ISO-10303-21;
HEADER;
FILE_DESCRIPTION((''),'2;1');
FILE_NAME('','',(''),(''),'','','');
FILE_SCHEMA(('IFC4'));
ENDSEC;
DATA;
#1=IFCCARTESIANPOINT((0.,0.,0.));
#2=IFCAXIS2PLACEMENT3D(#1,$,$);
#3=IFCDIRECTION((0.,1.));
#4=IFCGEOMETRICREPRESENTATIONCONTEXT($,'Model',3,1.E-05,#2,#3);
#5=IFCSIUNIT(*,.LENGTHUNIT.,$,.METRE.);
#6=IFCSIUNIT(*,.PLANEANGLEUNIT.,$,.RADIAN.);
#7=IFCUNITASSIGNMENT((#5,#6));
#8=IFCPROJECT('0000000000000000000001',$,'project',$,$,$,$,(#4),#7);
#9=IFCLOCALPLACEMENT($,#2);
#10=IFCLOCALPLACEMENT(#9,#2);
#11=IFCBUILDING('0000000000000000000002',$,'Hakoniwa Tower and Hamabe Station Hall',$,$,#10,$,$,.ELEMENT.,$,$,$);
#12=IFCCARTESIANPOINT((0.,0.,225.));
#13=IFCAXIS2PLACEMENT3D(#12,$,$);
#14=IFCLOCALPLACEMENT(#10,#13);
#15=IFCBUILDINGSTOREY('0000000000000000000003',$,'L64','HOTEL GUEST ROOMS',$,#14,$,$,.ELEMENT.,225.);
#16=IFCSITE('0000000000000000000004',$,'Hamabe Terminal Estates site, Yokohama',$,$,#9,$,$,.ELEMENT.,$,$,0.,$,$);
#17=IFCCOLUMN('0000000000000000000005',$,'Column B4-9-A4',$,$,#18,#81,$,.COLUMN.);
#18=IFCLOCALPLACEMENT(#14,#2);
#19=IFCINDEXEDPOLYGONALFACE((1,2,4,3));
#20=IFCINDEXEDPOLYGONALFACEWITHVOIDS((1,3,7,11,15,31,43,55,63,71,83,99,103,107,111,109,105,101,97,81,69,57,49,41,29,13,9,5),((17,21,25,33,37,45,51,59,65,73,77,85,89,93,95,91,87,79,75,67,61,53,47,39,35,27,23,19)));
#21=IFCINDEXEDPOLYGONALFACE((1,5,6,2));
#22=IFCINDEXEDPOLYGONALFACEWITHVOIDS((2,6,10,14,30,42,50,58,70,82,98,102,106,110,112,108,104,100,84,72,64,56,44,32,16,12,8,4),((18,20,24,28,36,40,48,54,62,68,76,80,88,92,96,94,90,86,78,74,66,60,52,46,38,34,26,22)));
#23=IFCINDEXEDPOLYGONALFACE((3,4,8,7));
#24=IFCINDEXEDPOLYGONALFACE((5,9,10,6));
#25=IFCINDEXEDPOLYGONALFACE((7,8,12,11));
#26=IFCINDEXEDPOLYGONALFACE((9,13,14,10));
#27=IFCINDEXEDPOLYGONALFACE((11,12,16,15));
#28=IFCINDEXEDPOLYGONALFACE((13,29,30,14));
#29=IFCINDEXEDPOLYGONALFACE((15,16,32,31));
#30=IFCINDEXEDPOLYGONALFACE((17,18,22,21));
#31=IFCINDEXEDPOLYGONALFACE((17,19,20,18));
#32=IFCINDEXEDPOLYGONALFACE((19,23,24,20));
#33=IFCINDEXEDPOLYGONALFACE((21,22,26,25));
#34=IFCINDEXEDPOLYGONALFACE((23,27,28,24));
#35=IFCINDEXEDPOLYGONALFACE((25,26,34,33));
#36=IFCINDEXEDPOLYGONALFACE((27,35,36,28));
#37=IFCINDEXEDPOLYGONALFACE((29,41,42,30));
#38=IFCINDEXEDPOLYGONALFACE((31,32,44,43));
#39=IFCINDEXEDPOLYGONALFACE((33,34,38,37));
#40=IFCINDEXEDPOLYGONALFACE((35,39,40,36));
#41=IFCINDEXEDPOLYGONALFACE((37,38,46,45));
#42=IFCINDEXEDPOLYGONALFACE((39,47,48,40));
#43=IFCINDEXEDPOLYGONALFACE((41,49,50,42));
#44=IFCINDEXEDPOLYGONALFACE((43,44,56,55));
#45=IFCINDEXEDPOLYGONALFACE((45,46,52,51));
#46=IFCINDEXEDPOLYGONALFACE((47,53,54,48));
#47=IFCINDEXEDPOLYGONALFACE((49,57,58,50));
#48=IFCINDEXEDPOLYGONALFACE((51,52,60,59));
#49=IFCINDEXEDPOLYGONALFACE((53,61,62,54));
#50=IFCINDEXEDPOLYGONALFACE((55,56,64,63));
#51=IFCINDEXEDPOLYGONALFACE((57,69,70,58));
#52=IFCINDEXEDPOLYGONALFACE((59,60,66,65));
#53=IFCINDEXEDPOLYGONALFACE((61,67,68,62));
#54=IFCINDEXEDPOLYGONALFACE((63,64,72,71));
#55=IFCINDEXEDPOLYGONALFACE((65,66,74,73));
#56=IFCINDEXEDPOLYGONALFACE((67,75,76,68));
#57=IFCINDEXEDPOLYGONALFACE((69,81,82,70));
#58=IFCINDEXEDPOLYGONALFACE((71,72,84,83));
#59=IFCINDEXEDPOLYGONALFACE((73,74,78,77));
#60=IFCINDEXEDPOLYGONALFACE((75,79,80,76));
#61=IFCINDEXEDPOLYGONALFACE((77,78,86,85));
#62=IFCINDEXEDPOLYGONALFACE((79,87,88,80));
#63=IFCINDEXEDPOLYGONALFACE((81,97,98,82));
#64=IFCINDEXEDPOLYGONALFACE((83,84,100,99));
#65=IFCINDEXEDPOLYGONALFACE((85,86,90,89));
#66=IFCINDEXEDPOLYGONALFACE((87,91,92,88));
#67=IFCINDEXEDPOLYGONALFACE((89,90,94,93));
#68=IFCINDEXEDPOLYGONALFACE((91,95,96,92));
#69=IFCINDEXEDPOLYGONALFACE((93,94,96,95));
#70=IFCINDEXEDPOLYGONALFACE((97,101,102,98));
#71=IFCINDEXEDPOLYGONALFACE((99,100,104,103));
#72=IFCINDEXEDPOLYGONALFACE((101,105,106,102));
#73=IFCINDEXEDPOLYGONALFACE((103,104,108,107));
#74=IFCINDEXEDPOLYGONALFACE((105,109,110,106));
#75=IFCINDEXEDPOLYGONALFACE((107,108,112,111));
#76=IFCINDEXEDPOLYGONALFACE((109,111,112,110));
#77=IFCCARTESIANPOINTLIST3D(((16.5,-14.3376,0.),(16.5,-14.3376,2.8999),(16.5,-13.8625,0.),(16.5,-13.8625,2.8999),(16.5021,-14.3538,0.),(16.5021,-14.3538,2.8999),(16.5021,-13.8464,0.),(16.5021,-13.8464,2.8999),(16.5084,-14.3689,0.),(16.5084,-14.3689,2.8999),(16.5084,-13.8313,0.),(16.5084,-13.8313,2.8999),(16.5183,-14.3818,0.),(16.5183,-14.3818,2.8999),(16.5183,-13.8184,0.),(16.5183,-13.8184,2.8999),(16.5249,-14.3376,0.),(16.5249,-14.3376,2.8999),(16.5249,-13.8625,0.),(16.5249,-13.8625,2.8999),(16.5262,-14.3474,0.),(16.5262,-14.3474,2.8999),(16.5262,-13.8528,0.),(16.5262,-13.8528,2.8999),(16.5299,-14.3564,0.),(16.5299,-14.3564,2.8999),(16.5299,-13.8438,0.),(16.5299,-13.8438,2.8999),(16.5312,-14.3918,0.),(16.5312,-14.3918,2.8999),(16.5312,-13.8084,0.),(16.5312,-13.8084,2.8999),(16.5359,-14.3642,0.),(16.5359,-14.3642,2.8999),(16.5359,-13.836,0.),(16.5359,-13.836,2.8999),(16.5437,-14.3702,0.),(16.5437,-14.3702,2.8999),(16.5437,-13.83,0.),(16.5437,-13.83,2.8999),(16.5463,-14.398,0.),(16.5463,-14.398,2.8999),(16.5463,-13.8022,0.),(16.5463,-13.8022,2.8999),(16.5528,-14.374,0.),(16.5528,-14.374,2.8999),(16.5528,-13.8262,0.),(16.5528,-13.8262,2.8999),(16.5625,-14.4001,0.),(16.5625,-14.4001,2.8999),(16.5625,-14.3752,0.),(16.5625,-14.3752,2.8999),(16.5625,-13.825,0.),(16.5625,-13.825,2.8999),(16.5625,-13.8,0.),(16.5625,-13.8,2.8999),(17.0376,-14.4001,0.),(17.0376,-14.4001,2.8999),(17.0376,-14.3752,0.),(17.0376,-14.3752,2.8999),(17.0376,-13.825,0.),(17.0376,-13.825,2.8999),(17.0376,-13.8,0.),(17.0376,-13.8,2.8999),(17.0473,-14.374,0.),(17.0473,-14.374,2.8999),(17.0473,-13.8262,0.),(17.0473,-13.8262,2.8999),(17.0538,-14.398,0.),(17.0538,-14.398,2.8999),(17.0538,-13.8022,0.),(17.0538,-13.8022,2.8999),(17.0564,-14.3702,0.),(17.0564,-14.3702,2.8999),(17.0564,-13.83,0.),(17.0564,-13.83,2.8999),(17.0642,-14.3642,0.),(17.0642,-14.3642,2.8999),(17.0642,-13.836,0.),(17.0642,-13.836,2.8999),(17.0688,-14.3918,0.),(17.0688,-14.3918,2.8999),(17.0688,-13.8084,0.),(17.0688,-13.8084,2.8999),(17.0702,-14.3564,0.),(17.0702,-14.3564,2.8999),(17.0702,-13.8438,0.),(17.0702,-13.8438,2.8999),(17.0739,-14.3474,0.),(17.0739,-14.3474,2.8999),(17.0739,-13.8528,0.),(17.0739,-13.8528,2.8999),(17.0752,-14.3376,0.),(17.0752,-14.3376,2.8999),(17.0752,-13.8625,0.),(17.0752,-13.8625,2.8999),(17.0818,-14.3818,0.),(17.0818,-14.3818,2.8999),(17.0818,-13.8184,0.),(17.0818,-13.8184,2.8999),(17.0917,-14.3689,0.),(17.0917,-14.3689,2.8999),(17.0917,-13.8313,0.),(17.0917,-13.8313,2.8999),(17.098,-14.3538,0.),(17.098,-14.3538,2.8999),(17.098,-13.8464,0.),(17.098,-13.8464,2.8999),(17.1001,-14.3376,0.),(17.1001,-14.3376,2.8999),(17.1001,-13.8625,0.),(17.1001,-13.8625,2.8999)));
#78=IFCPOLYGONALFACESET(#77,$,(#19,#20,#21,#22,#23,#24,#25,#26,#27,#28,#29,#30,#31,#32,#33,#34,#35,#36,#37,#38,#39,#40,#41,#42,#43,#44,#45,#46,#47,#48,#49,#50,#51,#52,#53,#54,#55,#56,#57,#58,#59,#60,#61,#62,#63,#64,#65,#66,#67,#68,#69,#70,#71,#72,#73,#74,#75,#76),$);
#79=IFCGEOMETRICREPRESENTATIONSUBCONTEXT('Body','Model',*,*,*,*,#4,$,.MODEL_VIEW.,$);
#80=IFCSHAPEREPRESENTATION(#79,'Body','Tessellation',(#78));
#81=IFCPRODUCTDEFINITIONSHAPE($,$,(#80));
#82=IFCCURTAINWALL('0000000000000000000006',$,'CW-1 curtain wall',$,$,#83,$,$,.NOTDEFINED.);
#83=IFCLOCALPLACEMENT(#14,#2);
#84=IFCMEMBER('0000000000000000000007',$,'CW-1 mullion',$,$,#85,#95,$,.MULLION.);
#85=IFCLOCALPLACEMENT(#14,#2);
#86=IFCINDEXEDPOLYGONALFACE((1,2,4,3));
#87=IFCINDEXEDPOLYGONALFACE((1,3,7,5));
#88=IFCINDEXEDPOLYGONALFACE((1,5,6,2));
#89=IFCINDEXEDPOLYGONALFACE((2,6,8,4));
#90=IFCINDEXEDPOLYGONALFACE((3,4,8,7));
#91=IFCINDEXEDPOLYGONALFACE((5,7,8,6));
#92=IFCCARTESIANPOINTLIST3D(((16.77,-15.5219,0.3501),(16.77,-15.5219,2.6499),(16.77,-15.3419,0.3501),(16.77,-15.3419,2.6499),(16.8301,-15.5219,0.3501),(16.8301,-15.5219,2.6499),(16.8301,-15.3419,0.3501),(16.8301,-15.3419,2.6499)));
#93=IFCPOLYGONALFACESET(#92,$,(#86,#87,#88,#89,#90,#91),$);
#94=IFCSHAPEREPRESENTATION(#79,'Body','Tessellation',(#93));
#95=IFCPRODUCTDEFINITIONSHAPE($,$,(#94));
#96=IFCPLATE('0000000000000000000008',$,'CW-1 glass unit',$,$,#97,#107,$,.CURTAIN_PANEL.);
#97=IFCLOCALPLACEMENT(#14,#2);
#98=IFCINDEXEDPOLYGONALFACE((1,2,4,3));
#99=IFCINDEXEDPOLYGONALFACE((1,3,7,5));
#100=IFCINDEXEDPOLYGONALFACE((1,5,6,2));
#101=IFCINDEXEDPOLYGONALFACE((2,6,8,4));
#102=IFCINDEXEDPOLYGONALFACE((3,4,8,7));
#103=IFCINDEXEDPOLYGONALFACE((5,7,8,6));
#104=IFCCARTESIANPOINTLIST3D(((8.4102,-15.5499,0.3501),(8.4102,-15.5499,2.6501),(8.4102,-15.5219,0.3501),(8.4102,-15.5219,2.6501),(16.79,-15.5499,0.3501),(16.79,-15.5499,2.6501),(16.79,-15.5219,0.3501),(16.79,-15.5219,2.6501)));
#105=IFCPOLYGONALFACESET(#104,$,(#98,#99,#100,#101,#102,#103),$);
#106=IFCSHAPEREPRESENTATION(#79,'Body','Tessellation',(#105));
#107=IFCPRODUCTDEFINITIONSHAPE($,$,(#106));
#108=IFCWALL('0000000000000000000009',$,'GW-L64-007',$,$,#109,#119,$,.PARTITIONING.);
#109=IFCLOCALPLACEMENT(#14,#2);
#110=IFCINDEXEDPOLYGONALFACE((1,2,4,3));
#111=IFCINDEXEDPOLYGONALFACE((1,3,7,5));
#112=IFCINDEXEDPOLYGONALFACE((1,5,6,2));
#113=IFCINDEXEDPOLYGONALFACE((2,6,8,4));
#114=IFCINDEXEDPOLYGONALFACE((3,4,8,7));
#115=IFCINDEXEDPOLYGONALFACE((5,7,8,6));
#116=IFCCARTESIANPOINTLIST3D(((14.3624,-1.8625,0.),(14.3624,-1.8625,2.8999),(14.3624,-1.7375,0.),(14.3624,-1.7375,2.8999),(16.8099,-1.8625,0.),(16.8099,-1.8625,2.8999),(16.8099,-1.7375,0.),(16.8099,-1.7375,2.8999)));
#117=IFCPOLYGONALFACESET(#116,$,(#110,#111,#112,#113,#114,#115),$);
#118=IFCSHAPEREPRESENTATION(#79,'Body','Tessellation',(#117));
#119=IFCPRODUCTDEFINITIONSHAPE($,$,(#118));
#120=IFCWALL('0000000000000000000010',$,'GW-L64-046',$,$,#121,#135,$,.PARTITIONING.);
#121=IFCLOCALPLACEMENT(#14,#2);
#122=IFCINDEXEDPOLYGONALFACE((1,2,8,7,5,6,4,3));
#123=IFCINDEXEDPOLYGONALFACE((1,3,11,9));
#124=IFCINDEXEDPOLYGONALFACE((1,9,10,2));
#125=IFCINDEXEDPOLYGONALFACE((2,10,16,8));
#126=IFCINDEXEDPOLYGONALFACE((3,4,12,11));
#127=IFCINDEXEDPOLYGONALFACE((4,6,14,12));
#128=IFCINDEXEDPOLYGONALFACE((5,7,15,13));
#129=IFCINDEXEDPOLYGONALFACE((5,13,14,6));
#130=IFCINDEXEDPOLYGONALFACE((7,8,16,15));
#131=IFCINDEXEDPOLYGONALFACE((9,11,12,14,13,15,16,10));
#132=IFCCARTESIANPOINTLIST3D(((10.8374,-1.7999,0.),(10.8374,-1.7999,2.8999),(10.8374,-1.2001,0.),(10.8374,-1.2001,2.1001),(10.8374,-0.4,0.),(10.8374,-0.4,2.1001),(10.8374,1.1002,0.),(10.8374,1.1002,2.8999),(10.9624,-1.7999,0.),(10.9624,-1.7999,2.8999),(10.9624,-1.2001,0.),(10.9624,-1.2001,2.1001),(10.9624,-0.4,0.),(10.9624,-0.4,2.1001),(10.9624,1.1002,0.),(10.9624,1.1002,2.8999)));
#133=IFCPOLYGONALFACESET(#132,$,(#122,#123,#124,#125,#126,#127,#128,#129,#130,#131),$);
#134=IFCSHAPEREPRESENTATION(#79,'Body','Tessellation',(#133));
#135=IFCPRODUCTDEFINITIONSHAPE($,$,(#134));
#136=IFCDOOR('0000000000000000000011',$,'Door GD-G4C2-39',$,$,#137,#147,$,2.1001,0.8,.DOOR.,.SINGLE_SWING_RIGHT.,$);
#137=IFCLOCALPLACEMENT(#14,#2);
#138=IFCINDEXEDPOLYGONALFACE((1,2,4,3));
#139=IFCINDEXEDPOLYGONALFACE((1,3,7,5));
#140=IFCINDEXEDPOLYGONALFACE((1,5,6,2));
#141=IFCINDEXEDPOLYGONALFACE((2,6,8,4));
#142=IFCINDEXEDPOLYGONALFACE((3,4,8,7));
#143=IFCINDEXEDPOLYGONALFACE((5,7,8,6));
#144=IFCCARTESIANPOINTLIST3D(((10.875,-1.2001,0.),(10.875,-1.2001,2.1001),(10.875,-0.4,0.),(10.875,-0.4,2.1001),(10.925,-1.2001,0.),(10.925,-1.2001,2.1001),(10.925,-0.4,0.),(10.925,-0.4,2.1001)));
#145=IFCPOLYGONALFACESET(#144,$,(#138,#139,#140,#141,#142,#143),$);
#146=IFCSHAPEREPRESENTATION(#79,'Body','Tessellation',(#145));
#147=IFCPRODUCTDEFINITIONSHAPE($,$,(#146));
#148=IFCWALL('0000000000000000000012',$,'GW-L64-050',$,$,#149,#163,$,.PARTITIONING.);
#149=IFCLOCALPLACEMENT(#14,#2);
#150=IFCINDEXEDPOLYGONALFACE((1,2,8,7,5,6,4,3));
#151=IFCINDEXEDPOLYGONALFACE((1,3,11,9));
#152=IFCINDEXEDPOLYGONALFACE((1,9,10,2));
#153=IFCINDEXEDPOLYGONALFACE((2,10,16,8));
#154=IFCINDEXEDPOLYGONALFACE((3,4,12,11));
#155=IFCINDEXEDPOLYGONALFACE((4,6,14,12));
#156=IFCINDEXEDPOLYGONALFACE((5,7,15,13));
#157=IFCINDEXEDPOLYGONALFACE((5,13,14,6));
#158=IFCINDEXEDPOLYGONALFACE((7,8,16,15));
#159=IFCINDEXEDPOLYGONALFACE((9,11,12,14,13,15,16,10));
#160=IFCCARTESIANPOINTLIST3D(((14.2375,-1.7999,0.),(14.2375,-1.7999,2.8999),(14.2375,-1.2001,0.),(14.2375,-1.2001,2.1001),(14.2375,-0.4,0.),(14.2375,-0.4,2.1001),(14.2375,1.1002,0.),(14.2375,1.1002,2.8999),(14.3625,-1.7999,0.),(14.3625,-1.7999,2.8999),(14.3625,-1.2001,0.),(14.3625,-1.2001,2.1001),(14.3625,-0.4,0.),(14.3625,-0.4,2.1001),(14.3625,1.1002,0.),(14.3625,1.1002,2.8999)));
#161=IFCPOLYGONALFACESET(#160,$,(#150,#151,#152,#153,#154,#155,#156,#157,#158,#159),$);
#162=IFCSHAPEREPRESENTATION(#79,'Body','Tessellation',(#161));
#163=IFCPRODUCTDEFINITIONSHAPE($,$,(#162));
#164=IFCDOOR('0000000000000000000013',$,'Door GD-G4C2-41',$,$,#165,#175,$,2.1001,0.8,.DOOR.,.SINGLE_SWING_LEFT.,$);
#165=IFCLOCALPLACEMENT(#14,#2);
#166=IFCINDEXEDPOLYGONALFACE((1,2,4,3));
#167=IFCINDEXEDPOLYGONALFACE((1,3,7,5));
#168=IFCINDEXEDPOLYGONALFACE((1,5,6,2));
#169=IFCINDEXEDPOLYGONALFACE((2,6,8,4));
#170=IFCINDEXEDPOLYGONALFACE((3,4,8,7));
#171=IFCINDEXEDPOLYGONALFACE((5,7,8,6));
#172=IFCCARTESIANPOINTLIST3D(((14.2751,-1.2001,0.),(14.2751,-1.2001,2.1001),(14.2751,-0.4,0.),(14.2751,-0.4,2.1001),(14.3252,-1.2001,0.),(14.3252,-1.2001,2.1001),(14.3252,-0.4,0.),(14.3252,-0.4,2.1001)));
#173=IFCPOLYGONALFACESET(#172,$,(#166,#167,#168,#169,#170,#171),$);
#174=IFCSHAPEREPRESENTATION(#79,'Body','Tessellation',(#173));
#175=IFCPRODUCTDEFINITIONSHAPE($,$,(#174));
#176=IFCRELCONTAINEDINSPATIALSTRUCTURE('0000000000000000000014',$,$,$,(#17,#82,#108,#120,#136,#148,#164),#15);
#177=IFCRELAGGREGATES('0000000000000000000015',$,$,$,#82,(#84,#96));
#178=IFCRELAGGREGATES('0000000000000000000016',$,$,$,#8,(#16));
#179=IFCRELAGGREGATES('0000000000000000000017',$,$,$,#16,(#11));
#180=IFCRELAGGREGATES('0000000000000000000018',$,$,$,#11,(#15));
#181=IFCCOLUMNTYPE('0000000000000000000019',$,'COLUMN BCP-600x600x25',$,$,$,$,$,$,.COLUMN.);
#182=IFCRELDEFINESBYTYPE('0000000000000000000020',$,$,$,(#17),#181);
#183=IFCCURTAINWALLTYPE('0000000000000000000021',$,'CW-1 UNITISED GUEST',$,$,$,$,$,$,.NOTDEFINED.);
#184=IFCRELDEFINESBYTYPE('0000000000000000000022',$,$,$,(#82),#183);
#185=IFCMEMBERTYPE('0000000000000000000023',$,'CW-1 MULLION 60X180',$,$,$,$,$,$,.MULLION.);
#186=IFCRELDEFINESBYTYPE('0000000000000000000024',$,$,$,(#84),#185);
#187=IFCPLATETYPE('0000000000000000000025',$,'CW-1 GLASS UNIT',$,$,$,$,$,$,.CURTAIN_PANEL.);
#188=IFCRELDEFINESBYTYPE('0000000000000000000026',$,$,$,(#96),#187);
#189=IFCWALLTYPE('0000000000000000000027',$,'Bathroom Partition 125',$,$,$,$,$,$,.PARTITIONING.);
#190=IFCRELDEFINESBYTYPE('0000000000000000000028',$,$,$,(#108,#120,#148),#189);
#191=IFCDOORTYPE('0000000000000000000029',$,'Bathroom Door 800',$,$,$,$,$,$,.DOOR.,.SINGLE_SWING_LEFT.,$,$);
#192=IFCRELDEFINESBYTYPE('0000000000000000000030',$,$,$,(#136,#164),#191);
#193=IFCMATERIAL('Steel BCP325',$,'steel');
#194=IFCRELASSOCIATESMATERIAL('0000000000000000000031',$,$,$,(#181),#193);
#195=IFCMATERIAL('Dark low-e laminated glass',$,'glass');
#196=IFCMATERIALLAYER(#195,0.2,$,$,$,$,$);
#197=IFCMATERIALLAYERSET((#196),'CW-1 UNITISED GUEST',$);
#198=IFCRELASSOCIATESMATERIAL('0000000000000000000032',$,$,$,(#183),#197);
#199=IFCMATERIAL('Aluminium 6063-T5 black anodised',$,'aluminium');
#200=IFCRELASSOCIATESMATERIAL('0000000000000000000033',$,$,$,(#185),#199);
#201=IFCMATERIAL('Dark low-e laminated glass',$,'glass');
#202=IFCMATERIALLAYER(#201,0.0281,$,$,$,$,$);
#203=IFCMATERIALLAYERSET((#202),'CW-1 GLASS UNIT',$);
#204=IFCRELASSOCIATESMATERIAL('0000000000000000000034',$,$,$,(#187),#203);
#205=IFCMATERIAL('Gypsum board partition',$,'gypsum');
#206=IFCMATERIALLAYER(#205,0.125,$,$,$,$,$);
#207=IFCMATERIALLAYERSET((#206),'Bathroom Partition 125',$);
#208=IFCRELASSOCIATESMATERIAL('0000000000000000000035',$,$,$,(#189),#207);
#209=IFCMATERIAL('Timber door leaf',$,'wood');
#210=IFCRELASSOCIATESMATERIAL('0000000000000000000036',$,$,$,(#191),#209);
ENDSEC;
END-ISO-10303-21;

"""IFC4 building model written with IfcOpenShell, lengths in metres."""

from ifc_helpers import new_model, si_unit, direction, frame, frame_2d, origin, origin_2d, place, context, subcontext, project, spatial, rectangle, hollow_rectangle, extrude, material, layer, layer_set, material_profile, profile_set, type_object, element, fill, aggregate, save


model = new_model("IFC4")

# Units and contexts
model_context = context("Model", 3, precision=1e-05, world=origin(), true_north=direction((0.0, 1.0)))
body_context = subcontext(model_context, "Body", "Model", "MODEL_VIEW")
ifc_project = project(units=[si_unit("LENGTHUNIT", "METRE"), si_unit("PLANEANGLEUNIT", "RADIAN")], contexts=[model_context])

# Site, building, storey
site_placement = place(None, origin())
site = spatial("IfcSite", under=ifc_project, at=site_placement, Name="Hamabe Terminal Estates site, Yokohama", CompositionType="ELEMENT", RefElevation=0.0)
building_placement = place(site_placement, origin())
building = spatial("IfcBuilding", under=site, at=building_placement, Name="Hakoniwa Tower and Hamabe Station Hall", CompositionType="ELEMENT")
storey_placement = place(building_placement, frame((0.0, 0.0, 225.0)))
storey = spatial("IfcBuildingStorey", under=building, at=storey_placement, Name="L64", Description="HOTEL GUEST ROOMS", CompositionType="ELEMENT", Elevation=225.0)

# Column
ifc_material_1 = material(Name="Steel BCP325", Category="steel")
ifc_material_profile_1 = material_profile(ifc_material_1, hollow_rectangle(XDim=0.6001, YDim=0.6001, WallThickness=0.0249, InnerFilletRadius=0.0376, OuterFilletRadius=0.0625, at=origin_2d()), Name="BCP-600x600x25")
ifc_profile_set_1 = profile_set([ifc_material_profile_1], Name="Steel BCP325")
column_type = type_object("IfcColumnType", Name="COLUMN BCP-600x600x25", PredefinedType="COLUMN", material=ifc_profile_set_1)
column_placement = place(storey_placement, frame((16.8, -14.1001, 0.0), z_axis=(0.0, 0.0, 1.0), x_axis=(1.0, 0.0, 0.0)))
element("IfcColumn", 1, at=column_placement, inside=storey, type_object=column_type, Name="Column B4-9-A4", PredefinedType="COLUMN", context=body_context, shape_type="SweptSolid", body=[
    extrude(hollow_rectangle(XDim=0.6001, YDim=0.6001, WallThickness=0.0249, InnerFilletRadius=0.0376, OuterFilletRadius=0.0625, at=origin_2d()), origin(), (0.0, 0.0, 1.0), 2.8999),
])

# Curtain wall, member, plate
ifc_material_2 = material(Name="Dark low-e laminated glass", Category="glass")
ifc_layer_1 = layer(ifc_material_2, 0.2)
ifc_layer_set_1 = layer_set([ifc_layer_1], Name="CW-1 UNITISED GUEST")
curtain_wall_type = type_object("IfcCurtainWallType", Name="CW-1 UNITISED GUEST", PredefinedType="NOTDEFINED", material=ifc_layer_set_1)
curtain_wall_placement = place(storey_placement, origin())
curtain_wall = element("IfcCurtainWall", 2, at=curtain_wall_placement, inside=storey, type_object=curtain_wall_type, Name="CW-1 curtain wall", PredefinedType="NOTDEFINED")
ifc_material_3 = material(Name="Aluminium 6063-T5 black anodised", Category="aluminium")
ifc_material_profile_2 = material_profile(ifc_material_3, rectangle(XDim=0.0601, YDim=0.1799, at=origin_2d()), Name="CW-1 MULLION 60X180")
ifc_profile_set_2 = profile_set([ifc_material_profile_2], Name="Aluminium 6063-T5 black anodised")
member_type = type_object("IfcMemberType", Name="CW-1 MULLION 60X180", PredefinedType="MULLION", material=ifc_profile_set_2)
member_placement = place(storey_placement, frame((16.8, -15.4319, 0.3501), z_axis=(0.0, 0.0, 1.0), x_axis=(1.0, 0.0, 0.0)))
member = element("IfcMember", 3, at=member_placement, type_object=member_type, Name="CW-1 mullion", PredefinedType="MULLION", context=body_context, shape_type="SweptSolid", body=[
    extrude(rectangle(XDim=0.0601, YDim=0.1799, at=origin_2d()), origin(), (0.0, 0.0, 1.0), 2.2998),
])
ifc_material_4 = material(Name="Dark low-e laminated glass", Category="glass")
ifc_layer_2 = layer(ifc_material_4, 0.0281)
ifc_layer_set_2 = layer_set([ifc_layer_2], Name="CW-1 GLASS UNIT")
plate_type = type_object("IfcPlateType", Name="CW-1 GLASS UNIT", PredefinedType="CURTAIN_PANEL", material=ifc_layer_set_2)
plate_placement = place(storey_placement, frame((12.6001, -15.5359, 0.3501), z_axis=(0.0, 0.0, 1.0), x_axis=(1.0, 0.0, 0.0)))
plate = element("IfcPlate", 4, at=plate_placement, type_object=plate_type, Name="CW-1 glass unit", PredefinedType="CURTAIN_PANEL", context=body_context, shape_type="SweptSolid", body=[
    extrude(rectangle(XDim=8.3799, YDim=0.0281, at=origin_2d()), origin(), (0.0, 0.0, 1.0), 2.3),
])
aggregate(curtain_wall, [member, plate])

# Wall
ifc_material_5 = material(Name="Gypsum board partition", Category="gypsum")
ifc_layer_3 = layer(ifc_material_5, 0.125)
ifc_layer_set_3 = layer_set([ifc_layer_3], Name="Bathroom Partition 125")
wall_type_1 = type_object("IfcWallType", Name="Bathroom Partition 125", PredefinedType="PARTITIONING", material=ifc_layer_set_3)
wall_1_placement = place(storey_placement, frame((14.3625, -1.8, 0.0), z_axis=(0.0, 0.0, 1.0), x_axis=(1.0, 0.0, 0.0)))
element("IfcWall", 5, at=wall_1_placement, inside=storey, type_object=wall_type_1, Name="GW-L64-007", PredefinedType="PARTITIONING", context=body_context, shape_type="SweptSolid", body=[
    extrude(rectangle(XDim=2.4475, YDim=0.125, at=frame_2d((1.2236, 0.0))), origin(), (0.0, 0.0, 1.0), 2.8999),
])

# Walls, openings, doors
wall_2_placement = place(storey_placement, frame((10.8999, -1.8, 0.0), z_axis=(0.0, 0.0, 1.0), x_axis=(0.0, 1.0, 0.0)))
wall_2 = element("IfcWall", 6, at=wall_2_placement, inside=storey, type_object=wall_type_1, Name="GW-L64-046", PredefinedType="PARTITIONING", context=body_context, shape_type="SweptSolid", body=[
    extrude(rectangle(XDim=2.9001, YDim=0.125, at=frame_2d((1.4502, 0.0))), origin(), (0.0, 0.0, 1.0), 2.8999),
])
opening_1_placement = place(wall_2_placement, frame((0.6001, 0.0, 0.0)))
opening_1 = element("IfcOpeningElement", 7, at=opening_1_placement, cuts=wall_2, PredefinedType="OPENING", context=body_context, shape_type="SweptSolid", body=[
    extrude(rectangle(XDim=0.8, YDim=2.1001, at=frame_2d((0.3999, 1.05))), frame((0.0, 0.0725, 0.0), z_axis=(0.0, -1.0, 0.0), x_axis=(1.0, 0.0, 0.0)), (0.0, 0.0, 1.0), 0.145),
])
ifc_material_6 = material(Name="Timber door leaf", Category="wood")
door_type_1 = type_object("IfcDoorType", Name="Bathroom Door 800", OperationType="SINGLE_SWING_LEFT", PredefinedType="DOOR", material=ifc_material_6)
door_1_placement = place(opening_1_placement, origin())
door_1 = element("IfcDoor", 8, at=door_1_placement, inside=storey, type_object=door_type_1, Name="Door GD-G4C2-39", OperationType="SINGLE_SWING_RIGHT", OverallHeight=2.1001, OverallWidth=0.8, PredefinedType="DOOR", context=body_context, shape_type="SweptSolid", body=[
    extrude(rectangle(XDim=0.8, YDim=2.1001, at=frame_2d((0.3999, 1.05))), frame((0.0, 0.0249, 0.0), z_axis=(0.0, -1.0, 0.0), x_axis=(1.0, 0.0, 0.0)), (0.0, 0.0, 1.0), 0.05),
])
fill(opening_1, door_1)
wall_3_placement = place(storey_placement, frame((14.3, -1.8, 0.0), z_axis=(0.0, 0.0, 1.0), x_axis=(0.0, 1.0, 0.0)))
wall_3 = element("IfcWall", 9, at=wall_3_placement, inside=storey, type_object=wall_type_1, Name="GW-L64-050", PredefinedType="PARTITIONING", context=body_context, shape_type="SweptSolid", body=[
    extrude(rectangle(XDim=2.9001, YDim=0.125, at=frame_2d((1.4502, 0.0))), origin(), (0.0, 0.0, 1.0), 2.8999),
])
opening_2_placement = place(wall_3_placement, frame((0.6001, 0.0, 0.0)))
opening_2 = element("IfcOpeningElement", 10, at=opening_2_placement, cuts=wall_3, PredefinedType="OPENING", context=body_context, shape_type="SweptSolid", body=[
    extrude(rectangle(XDim=0.8, YDim=2.1001, at=frame_2d((0.3999, 1.05))), frame((0.0, 0.0725, 0.0), z_axis=(0.0, -1.0, 0.0), x_axis=(1.0, 0.0, 0.0)), (0.0, 0.0, 1.0), 0.145),
])
door_2_placement = place(opening_2_placement, origin())
door_2 = element("IfcDoor", 11, at=door_2_placement, inside=storey, type_object=door_type_1, Name="Door GD-G4C2-41", OperationType="SINGLE_SWING_LEFT", OverallHeight=2.1001, OverallWidth=0.8, PredefinedType="DOOR", context=body_context, shape_type="SweptSolid", body=[
    extrude(rectangle(XDim=0.8, YDim=2.1001, at=frame_2d((0.3999, 1.05))), frame((0.0, 0.0249, 0.0), z_axis=(0.0, -1.0, 0.0), x_axis=(1.0, 0.0, 0.0)), (0.0, 0.0, 1.0), 0.05),
])
fill(opening_2, door_2)

save(model, "model.ifc")
